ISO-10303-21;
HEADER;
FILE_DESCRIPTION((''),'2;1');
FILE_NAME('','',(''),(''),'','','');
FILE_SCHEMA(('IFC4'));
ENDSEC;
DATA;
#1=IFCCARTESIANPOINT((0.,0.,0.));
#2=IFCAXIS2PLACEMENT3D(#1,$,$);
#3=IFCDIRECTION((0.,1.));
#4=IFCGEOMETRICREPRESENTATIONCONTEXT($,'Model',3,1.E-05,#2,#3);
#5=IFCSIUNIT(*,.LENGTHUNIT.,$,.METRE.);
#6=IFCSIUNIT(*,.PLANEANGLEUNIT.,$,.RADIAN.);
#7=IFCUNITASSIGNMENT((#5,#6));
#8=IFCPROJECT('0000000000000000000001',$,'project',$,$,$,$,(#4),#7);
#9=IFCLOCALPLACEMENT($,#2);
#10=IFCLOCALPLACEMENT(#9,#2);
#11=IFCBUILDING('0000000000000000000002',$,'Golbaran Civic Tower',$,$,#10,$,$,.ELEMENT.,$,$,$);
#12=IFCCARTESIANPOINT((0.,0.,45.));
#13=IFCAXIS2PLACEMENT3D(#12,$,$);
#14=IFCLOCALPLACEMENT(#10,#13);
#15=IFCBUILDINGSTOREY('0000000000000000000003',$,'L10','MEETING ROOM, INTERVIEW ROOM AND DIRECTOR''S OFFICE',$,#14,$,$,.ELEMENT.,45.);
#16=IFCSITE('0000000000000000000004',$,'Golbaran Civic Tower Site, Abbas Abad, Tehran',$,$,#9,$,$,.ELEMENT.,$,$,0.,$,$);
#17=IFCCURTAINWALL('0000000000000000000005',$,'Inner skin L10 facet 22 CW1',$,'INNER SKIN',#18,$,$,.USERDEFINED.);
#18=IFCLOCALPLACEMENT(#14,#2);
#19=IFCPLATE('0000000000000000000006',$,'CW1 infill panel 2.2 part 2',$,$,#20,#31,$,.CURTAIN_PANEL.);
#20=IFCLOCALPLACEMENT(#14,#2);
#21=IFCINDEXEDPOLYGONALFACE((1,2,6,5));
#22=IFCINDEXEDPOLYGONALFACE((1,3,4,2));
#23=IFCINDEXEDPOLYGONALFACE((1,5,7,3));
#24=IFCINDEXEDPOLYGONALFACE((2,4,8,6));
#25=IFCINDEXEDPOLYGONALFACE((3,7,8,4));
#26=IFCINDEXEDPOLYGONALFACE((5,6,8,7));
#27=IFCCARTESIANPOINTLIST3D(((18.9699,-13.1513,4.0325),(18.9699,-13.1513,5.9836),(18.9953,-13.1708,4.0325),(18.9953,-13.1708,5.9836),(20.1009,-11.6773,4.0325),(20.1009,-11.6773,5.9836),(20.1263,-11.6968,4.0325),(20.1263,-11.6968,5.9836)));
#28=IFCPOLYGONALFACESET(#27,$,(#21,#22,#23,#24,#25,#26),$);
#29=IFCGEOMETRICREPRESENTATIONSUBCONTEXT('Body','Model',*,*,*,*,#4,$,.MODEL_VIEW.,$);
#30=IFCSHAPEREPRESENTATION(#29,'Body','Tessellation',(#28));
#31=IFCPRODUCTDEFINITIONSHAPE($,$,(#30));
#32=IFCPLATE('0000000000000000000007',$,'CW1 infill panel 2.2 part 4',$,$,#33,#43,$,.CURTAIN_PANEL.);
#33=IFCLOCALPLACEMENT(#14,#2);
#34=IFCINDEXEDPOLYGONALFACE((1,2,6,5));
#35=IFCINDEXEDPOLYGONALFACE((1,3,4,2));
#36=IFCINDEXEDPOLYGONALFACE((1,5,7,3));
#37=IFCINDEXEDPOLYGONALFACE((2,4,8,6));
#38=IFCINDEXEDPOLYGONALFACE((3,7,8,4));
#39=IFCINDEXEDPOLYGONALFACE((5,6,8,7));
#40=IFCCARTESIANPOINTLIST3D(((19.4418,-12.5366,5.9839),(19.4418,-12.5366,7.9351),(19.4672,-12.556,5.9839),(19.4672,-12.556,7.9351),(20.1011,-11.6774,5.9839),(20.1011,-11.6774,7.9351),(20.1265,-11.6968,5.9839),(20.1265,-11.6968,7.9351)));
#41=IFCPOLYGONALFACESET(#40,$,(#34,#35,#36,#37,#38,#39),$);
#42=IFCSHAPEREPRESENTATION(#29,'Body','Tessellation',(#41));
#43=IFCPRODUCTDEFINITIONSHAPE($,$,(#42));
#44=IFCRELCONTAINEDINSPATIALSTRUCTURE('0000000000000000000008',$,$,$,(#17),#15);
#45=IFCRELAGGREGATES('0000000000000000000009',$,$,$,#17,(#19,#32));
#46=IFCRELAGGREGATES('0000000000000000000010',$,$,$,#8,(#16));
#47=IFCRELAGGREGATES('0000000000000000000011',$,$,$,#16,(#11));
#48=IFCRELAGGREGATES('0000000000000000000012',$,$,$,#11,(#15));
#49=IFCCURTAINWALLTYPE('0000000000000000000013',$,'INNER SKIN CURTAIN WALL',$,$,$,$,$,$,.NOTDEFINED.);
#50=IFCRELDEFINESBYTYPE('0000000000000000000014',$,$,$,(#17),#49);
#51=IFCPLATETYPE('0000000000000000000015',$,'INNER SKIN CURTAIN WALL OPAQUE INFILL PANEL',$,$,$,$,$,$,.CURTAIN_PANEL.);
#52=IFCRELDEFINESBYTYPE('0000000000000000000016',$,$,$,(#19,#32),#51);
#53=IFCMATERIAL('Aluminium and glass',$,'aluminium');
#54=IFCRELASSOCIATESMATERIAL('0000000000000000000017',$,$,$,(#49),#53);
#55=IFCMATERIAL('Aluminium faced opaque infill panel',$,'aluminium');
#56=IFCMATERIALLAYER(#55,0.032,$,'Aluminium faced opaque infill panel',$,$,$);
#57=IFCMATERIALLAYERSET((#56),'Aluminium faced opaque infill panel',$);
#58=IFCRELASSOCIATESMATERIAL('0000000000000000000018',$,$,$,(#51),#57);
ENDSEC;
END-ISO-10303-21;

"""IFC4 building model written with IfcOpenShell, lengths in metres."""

from ifc_helpers import new_model, si_unit, direction, frame, origin, origin_2d, place, context, subcontext, project, spatial, rectangle, extrude, material, layer, layer_set, type_object, element, aggregate, save


model = new_model("IFC4")

# Units and contexts
model_context = context("Model", 3, precision=1e-05, world=origin(), true_north=direction((0.0, 1.0)))
body_context = subcontext(model_context, "Body", "Model", "MODEL_VIEW")
ifc_project = project(units=[si_unit("LENGTHUNIT", "METRE"), si_unit("PLANEANGLEUNIT", "RADIAN")], contexts=[model_context])

# Site, building, storey
site_placement = place(None, origin())
site = spatial("IfcSite", under=ifc_project, at=site_placement, Name="Golbaran Civic Tower Site, Abbas Abad, Tehran", CompositionType="ELEMENT", RefElevation=0.0)
building_placement = place(site_placement, origin())
building = spatial("IfcBuilding", under=site, at=building_placement, Name="Golbaran Civic Tower", CompositionType="ELEMENT")
storey_placement = place(building_placement, frame((0.0, 0.0, 45.0)))
storey = spatial("IfcBuildingStorey", under=building, at=storey_placement, Name="L10", Description="MEETING ROOM, INTERVIEW ROOM AND DIRECTOR'S OFFICE", CompositionType="ELEMENT", Elevation=45.0)

# Curtain wall
ifc_material_1 = material(Name="Aluminium and glass", Category="aluminium")
curtain_wall_type = type_object("IfcCurtainWallType", Name="INNER SKIN CURTAIN WALL", PredefinedType="NOTDEFINED", material=ifc_material_1)
curtain_wall_1_placement = place(storey_placement, origin())
curtain_wall_1 = element("IfcCurtainWall", 1, at=curtain_wall_1_placement, inside=storey, type_object=curtain_wall_type, Name="Inner skin L10 facet 22 CW1", ObjectType="INNER SKIN", PredefinedType="USERDEFINED")

# Plates
ifc_material_2 = material(Name="Aluminium faced opaque infill panel", Category="aluminium")
ifc_layer_1 = layer(ifc_material_2, 0.032, Name="Aluminium faced opaque infill panel")
ifc_layer_set_1 = layer_set([ifc_layer_1], Name="Aluminium faced opaque infill panel")
plate_type_1 = type_object("IfcPlateType", Name="INNER SKIN CURTAIN WALL OPAQUE INFILL PANEL", PredefinedType="CURTAIN_PANEL", material=ifc_layer_set_1)
plate_1_placement = place(storey_placement, frame((19.5481, -12.4241, 4.0325), z_axis=(0.0, 0.0, 1.0), x_axis=(0.608761, 0.793353, 0.0)))
plate_1 = element("IfcPlate", 2, at=plate_1_placement, type_object=plate_type_1, Name="CW1 infill panel 2.2 part 2", PredefinedType="CURTAIN_PANEL", context=body_context, shape_type="SweptSolid", body=[
    extrude(rectangle(XDim=1.8579, YDim=0.032, at=origin_2d()), origin(), (0.0, 0.0, 1.0), 1.9512),
])
plate_2_placement = place(storey_placement, frame((19.7842, -12.1167, 5.9839), z_axis=(0.0, 0.0, 1.0), x_axis=(0.608761, 0.793353, 0.0)))
plate_2 = element("IfcPlate", 3, at=plate_2_placement, type_object=plate_type_1, Name="CW1 infill panel 2.2 part 4", PredefinedType="CURTAIN_PANEL", context=body_context, shape_type="SweptSolid", body=[
    extrude(rectangle(XDim=1.083, YDim=0.032, at=origin_2d()), origin(), (0.0, 0.0, 1.0), 1.9512),
])
aggregate(curtain_wall_1, [plate_1, plate_2])

save(model, "model.ifc")
